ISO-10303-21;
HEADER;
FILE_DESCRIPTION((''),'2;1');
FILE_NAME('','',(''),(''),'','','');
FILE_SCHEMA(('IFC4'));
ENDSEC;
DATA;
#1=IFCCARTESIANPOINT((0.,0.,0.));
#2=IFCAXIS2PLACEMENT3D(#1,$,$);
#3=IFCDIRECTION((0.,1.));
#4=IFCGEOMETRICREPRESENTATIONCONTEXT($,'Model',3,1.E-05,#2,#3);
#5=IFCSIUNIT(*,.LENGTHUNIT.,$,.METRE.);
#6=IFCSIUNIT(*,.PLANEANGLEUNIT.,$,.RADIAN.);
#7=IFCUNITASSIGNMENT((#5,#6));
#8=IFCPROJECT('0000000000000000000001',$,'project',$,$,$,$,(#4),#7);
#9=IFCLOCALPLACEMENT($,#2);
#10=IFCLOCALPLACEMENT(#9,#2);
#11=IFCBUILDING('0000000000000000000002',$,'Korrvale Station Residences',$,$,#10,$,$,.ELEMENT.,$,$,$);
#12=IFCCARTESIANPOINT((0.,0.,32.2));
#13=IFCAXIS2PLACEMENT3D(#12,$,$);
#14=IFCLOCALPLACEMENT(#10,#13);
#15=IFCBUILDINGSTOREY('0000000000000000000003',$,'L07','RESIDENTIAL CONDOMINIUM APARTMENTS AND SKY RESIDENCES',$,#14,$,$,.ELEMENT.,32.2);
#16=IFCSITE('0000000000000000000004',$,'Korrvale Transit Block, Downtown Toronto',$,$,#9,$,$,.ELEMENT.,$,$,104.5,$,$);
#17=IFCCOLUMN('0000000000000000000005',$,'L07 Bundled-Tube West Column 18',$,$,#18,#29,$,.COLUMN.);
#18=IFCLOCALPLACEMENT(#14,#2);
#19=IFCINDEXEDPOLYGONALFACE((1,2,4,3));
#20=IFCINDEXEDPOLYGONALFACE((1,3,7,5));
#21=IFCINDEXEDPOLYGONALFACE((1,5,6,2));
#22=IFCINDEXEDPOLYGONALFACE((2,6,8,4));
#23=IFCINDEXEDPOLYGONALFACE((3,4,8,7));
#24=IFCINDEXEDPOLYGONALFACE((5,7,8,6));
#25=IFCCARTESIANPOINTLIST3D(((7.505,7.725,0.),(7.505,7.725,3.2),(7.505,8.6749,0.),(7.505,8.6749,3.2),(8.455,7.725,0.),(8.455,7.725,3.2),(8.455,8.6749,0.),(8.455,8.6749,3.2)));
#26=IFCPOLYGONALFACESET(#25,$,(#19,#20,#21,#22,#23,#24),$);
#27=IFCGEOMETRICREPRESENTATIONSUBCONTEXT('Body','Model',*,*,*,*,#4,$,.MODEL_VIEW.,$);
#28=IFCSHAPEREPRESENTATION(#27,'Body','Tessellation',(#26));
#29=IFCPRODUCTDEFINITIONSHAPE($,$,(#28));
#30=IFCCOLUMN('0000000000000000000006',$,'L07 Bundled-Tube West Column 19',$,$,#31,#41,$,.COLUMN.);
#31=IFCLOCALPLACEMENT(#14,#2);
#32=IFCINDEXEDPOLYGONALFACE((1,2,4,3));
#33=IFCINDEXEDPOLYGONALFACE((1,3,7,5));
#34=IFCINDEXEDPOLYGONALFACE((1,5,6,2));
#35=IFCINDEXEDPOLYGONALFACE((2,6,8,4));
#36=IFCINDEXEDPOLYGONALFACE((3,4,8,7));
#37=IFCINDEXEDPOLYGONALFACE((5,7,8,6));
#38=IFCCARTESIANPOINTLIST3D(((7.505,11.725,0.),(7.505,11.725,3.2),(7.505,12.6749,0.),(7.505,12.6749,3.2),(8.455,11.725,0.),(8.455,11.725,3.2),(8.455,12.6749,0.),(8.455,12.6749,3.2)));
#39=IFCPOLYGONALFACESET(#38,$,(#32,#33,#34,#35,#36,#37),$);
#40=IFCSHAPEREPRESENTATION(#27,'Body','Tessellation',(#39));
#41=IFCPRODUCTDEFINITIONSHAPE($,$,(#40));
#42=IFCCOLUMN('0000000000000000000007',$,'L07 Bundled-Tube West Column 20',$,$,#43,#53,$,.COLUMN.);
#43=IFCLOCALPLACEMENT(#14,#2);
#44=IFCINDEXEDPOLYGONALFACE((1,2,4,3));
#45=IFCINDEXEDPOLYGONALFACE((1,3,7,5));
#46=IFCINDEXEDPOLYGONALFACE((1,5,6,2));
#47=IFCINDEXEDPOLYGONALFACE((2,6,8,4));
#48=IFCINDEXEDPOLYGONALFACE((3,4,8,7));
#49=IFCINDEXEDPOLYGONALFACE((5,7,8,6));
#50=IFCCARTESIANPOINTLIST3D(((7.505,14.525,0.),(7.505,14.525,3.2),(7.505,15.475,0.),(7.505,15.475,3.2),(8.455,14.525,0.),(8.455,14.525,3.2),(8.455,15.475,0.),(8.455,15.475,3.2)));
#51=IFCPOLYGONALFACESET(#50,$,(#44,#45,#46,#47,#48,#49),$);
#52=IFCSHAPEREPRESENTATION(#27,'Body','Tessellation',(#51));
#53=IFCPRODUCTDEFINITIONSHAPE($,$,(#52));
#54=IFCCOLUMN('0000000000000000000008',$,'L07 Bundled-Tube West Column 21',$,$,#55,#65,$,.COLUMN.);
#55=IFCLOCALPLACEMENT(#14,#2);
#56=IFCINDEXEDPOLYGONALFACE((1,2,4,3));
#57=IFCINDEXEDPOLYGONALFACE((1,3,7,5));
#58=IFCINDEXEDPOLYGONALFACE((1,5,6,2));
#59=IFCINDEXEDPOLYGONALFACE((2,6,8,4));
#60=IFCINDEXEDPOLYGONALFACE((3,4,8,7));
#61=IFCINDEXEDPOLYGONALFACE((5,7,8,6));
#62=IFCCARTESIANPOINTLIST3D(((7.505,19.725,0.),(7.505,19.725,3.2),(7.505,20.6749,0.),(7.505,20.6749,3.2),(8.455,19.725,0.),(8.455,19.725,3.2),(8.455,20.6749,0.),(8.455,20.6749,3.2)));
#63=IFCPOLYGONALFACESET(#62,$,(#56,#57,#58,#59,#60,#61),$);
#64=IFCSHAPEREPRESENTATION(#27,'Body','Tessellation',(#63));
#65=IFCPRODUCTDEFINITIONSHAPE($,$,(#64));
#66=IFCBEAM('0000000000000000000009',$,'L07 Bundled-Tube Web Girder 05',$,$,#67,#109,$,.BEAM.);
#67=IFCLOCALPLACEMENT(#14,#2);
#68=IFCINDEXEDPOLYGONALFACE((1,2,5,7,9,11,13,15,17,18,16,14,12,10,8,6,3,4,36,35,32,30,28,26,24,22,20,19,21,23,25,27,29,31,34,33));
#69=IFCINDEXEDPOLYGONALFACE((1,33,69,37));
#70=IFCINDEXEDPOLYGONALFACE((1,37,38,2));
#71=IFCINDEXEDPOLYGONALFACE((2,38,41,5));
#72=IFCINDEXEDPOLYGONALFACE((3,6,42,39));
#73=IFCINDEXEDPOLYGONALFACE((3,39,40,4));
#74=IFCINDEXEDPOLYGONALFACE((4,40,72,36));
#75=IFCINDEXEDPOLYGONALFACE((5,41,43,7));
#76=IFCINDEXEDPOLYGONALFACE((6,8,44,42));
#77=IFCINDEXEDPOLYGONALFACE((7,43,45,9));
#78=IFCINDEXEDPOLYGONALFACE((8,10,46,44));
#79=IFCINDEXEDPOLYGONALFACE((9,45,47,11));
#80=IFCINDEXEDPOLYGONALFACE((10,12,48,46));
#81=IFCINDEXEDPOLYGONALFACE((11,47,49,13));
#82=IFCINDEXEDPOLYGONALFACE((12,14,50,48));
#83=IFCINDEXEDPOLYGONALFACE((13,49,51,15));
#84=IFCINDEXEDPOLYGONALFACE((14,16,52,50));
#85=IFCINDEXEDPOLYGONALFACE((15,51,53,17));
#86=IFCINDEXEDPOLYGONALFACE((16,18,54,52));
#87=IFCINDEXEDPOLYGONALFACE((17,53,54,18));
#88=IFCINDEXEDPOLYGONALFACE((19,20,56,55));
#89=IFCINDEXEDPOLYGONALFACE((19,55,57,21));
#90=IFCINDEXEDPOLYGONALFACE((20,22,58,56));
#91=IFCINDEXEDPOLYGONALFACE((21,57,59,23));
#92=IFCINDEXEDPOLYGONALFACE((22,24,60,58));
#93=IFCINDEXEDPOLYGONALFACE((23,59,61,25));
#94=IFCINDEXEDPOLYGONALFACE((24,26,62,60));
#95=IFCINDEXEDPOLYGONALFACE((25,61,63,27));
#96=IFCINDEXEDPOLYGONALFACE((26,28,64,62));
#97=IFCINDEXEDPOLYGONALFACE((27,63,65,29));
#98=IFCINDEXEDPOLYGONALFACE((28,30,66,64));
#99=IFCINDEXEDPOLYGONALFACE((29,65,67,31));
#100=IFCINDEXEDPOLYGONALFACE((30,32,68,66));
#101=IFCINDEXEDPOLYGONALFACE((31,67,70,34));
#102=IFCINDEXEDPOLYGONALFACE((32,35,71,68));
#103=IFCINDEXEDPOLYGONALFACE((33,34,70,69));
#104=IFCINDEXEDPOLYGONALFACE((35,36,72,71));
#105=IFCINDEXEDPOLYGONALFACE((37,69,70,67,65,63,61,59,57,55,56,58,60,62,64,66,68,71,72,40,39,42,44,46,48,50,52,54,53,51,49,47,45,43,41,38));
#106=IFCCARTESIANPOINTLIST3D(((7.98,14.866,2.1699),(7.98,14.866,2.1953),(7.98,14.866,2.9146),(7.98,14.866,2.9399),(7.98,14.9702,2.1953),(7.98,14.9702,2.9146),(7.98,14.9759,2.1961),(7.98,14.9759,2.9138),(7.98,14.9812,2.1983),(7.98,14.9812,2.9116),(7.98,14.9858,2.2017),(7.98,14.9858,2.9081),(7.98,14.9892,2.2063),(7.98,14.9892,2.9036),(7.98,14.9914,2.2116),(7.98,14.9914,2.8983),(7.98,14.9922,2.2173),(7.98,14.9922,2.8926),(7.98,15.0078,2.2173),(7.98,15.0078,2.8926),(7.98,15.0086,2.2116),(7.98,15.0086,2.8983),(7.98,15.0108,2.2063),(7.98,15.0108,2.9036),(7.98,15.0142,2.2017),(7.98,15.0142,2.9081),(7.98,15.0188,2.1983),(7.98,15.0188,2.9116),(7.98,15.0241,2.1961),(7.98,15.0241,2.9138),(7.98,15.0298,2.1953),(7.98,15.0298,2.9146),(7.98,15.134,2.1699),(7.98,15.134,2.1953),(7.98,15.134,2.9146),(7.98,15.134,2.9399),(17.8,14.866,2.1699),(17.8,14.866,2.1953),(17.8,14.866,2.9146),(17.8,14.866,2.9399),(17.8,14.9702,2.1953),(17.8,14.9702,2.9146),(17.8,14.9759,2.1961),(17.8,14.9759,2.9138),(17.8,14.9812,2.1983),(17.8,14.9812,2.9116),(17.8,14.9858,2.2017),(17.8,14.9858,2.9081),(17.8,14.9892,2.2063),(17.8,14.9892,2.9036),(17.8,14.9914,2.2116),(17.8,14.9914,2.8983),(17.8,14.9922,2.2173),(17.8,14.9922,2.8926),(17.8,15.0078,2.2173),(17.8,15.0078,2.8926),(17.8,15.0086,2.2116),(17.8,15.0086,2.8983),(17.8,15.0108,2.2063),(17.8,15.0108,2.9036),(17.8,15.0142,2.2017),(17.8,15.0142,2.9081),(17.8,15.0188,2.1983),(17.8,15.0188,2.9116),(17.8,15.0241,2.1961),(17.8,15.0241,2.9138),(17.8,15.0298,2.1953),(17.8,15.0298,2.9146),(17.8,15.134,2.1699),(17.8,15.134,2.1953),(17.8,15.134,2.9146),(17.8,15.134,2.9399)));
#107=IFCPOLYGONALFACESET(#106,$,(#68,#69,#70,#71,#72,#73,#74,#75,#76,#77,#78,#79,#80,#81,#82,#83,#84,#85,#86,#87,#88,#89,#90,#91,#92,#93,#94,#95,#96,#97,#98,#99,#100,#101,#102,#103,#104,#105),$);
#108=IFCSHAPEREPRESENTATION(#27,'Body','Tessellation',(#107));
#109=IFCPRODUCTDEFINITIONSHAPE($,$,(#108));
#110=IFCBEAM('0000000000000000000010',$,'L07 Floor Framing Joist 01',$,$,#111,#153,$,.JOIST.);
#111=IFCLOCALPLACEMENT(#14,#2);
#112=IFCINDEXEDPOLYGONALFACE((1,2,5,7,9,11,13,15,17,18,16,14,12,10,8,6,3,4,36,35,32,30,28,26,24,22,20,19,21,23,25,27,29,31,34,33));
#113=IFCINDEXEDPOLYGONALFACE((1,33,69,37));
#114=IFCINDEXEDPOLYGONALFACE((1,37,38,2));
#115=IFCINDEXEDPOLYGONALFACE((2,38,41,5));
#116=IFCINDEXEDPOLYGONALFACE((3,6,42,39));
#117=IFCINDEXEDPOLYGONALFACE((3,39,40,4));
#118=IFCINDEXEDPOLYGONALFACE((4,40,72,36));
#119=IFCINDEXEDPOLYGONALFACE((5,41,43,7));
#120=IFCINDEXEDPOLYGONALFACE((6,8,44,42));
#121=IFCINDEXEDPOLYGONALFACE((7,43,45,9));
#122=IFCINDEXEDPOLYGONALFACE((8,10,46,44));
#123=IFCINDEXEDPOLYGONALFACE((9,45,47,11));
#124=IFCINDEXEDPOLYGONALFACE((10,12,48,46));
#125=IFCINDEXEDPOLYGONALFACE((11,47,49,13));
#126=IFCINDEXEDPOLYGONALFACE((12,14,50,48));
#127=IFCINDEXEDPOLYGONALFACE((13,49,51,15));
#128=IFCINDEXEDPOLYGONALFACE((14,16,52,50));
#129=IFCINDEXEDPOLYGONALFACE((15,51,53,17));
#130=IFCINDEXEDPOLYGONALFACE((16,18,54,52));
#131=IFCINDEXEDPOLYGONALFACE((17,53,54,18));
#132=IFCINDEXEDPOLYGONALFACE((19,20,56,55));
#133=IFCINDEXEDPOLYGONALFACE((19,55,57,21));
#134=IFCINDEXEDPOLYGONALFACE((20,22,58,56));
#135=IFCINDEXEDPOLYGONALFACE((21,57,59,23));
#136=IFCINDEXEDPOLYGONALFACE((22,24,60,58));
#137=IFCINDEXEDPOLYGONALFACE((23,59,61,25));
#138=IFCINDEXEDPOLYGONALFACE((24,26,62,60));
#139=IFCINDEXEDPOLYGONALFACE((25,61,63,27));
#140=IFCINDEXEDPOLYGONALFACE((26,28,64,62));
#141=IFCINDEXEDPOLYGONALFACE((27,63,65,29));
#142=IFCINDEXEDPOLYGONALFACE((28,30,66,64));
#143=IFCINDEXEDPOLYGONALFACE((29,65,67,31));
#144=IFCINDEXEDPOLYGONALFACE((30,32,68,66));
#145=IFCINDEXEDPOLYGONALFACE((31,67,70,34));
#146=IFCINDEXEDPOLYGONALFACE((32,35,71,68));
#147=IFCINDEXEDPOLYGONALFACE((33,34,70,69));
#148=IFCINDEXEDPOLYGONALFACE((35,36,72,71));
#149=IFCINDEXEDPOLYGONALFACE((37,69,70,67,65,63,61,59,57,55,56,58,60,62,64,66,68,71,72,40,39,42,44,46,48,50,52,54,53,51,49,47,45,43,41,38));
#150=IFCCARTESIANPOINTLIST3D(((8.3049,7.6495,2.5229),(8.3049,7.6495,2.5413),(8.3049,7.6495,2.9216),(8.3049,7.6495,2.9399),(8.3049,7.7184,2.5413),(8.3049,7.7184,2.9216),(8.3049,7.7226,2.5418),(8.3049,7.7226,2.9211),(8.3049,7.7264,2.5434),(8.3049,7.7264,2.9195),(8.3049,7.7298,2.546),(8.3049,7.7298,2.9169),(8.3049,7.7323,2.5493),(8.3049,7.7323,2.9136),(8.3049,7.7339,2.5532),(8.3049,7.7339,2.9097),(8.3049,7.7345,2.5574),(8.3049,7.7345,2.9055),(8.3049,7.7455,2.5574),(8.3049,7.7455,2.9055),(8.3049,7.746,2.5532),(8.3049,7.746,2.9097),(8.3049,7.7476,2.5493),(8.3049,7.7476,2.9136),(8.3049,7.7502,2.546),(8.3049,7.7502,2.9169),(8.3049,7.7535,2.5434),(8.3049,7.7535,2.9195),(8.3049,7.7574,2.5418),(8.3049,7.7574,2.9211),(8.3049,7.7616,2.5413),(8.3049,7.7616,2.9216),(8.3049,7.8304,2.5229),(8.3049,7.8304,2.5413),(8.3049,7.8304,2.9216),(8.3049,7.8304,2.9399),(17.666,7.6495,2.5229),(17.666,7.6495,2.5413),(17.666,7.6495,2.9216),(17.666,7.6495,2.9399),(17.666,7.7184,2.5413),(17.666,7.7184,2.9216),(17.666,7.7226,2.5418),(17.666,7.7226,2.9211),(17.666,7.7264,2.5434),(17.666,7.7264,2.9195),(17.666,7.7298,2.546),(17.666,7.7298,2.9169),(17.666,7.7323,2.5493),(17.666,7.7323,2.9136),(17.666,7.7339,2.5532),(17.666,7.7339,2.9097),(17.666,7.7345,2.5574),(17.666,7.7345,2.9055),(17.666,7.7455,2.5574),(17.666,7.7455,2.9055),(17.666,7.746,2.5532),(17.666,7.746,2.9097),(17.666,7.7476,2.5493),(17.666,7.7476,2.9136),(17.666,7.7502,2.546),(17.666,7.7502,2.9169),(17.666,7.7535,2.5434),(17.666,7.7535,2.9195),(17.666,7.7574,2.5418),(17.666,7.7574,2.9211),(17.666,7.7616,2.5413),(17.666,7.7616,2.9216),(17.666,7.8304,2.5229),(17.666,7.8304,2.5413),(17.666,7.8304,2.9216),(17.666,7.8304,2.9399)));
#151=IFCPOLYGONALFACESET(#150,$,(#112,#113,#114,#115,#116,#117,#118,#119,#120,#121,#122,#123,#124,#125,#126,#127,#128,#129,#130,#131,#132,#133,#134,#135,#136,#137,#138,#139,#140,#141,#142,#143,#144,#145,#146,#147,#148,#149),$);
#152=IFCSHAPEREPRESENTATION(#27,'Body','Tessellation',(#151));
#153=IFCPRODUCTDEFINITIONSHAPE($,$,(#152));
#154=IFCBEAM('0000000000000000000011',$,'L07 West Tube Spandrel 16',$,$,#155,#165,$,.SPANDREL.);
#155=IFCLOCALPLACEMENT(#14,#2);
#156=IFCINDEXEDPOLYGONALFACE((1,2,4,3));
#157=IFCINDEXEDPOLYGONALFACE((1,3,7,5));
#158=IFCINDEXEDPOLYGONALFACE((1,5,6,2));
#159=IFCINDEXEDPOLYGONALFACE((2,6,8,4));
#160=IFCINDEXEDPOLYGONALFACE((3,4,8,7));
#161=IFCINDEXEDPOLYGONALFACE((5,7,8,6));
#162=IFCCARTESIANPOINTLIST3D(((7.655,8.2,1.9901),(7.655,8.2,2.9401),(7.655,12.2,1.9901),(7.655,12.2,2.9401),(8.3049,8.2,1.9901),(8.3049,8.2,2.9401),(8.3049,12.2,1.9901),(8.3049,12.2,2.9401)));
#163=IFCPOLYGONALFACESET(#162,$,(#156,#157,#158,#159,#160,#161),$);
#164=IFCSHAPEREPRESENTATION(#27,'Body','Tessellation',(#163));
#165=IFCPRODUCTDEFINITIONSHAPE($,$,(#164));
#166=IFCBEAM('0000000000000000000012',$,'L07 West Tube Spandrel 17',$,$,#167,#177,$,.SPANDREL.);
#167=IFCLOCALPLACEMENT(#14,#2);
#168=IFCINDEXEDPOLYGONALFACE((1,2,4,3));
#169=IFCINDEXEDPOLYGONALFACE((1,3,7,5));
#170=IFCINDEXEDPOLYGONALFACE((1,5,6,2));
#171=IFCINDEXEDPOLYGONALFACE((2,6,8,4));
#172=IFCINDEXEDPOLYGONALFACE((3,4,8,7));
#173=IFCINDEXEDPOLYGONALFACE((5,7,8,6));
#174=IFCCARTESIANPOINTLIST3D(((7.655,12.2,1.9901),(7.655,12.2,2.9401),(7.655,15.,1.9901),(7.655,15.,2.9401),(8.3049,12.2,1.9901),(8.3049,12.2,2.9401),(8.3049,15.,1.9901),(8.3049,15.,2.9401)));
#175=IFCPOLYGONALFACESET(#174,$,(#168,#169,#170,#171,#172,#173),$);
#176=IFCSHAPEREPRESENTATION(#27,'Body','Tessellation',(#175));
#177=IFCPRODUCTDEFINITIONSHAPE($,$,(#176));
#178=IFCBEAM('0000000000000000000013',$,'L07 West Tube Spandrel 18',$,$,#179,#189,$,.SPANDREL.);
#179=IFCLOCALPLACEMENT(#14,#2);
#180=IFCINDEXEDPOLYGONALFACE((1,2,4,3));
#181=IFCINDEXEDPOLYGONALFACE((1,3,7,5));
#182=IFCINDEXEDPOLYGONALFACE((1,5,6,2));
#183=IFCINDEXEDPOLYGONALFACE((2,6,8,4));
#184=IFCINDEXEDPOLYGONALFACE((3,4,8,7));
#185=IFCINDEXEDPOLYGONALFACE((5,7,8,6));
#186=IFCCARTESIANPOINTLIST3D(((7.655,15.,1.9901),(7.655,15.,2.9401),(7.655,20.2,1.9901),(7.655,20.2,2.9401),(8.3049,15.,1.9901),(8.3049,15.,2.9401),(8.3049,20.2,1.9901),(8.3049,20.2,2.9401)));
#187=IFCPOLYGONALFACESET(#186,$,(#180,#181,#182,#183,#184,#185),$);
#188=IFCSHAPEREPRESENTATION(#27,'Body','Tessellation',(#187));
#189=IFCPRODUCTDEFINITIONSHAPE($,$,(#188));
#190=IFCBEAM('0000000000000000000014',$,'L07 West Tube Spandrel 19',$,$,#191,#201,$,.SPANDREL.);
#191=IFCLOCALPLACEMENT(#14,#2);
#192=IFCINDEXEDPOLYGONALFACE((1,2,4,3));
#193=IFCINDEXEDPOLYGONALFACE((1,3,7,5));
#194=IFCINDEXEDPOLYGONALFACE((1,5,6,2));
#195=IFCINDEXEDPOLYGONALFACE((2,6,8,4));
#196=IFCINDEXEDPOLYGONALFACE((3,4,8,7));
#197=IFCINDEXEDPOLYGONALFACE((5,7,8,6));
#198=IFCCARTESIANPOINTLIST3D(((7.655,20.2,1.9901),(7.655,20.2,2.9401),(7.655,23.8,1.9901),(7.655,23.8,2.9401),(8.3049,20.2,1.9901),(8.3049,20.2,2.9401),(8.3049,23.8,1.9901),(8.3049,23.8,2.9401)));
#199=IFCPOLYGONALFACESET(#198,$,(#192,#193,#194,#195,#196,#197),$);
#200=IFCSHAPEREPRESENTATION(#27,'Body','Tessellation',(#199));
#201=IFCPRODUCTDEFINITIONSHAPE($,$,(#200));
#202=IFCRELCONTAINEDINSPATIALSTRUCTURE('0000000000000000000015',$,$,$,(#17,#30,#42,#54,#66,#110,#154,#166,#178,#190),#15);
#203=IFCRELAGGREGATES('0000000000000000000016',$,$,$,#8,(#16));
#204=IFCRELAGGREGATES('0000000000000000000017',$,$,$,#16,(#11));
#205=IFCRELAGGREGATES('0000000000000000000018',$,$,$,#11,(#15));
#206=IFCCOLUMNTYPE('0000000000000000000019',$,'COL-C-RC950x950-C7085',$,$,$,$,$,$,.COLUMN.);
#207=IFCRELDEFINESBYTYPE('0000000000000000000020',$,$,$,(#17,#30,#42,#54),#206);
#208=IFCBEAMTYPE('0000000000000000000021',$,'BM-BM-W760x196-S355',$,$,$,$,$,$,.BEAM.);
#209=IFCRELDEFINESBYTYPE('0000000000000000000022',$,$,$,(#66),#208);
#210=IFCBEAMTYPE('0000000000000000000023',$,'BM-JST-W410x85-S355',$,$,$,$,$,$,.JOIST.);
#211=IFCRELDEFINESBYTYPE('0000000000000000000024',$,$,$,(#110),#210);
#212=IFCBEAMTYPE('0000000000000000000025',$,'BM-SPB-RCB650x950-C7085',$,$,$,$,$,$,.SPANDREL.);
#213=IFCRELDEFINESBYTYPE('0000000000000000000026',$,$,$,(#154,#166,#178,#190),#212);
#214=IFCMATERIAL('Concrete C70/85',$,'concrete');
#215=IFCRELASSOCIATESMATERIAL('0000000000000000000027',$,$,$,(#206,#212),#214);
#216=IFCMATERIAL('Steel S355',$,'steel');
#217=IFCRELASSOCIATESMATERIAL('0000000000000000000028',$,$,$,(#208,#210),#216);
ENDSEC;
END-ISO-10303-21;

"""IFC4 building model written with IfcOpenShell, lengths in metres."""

from ifc_helpers import new_model, si_unit, direction, frame, origin, origin_2d, place, context, subcontext, project, spatial, rectangle, i_section, extrude, material, material_profile, profile_set, type_object, element, save


model = new_model("IFC4")

# Units and contexts
model_context = context("Model", 3, precision=1e-05, world=origin(), true_north=direction((0.0, 1.0)))
body_context = subcontext(model_context, "Body", "Model", "MODEL_VIEW")
ifc_project = project(units=[si_unit("LENGTHUNIT", "METRE"), si_unit("PLANEANGLEUNIT", "RADIAN")], contexts=[model_context])

# Site, building, storey
site_placement = place(None, origin())
site = spatial("IfcSite", under=ifc_project, at=site_placement, Name="Korrvale Transit Block, Downtown Toronto", CompositionType="ELEMENT", RefElevation=104.5)
building_placement = place(site_placement, origin())
building = spatial("IfcBuilding", under=site, at=building_placement, Name="Korrvale Station Residences", CompositionType="ELEMENT")
storey_placement = place(building_placement, frame((0.0, 0.0, 32.2)))
storey = spatial("IfcBuildingStorey", under=building, at=storey_placement, Name="L07", Description="RESIDENTIAL CONDOMINIUM APARTMENTS AND SKY RESIDENCES", CompositionType="ELEMENT", Elevation=32.2)

# Columns
ifc_material_1 = material(Name="Concrete C70/85", Category="concrete")
ifc_material_profile_1 = material_profile(ifc_material_1, rectangle(XDim=0.95, YDim=0.95, at=origin_2d()), Name="RC950x950")
ifc_profile_set_1 = profile_set([ifc_material_profile_1], Name="Concrete C70/85")
column_type = type_object("IfcColumnType", Name="COL-C-RC950x950-C7085", PredefinedType="COLUMN", material=ifc_profile_set_1)
for number, where, z_axis, x_axis, name in (
    (1, (7.98, 8.2, 0.0), (0.0, 0.0, 1.0), (1.0, 0.0, 0.0), "L07 Bundled-Tube West Column 18"),
    (2, (7.98, 12.2, 0.0), (0.0, 0.0, 1.0), (1.0, 0.0, 0.0), "L07 Bundled-Tube West Column 19"),
    (3, (7.98, 15.0, 0.0), (0.0, 0.0, 1.0), (1.0, 0.0, 0.0), "L07 Bundled-Tube West Column 20"),
    (4, (7.98, 20.2, 0.0), (0.0, 0.0, 1.0), (1.0, 0.0, 0.0), "L07 Bundled-Tube West Column 21"),
):
    element("IfcColumn", number, at=place(storey_placement, frame(where, z_axis=z_axis, x_axis=x_axis)), inside=storey, type_object=column_type, Name=name, PredefinedType="COLUMN", context=body_context, shape_type="SweptSolid", body=[
        extrude(rectangle(XDim=0.95, YDim=0.95, at=origin_2d()), origin(), (0.0, 0.0, 1.0), 3.2),
    ])

# Beams
ifc_material_2 = material(Name="Steel S355", Category="steel")
ifc_material_profile_2 = material_profile(ifc_material_2, i_section(OverallWidth=0.2681, OverallDepth=0.77, WebThickness=0.0156, FlangeThickness=0.0254, FilletRadius=0.022, at=origin_2d()), Name="W760x196")
ifc_profile_set_2 = profile_set([ifc_material_profile_2], Name="Steel S355")
beam_type_1 = type_object("IfcBeamType", Name="BM-BM-W760x196-S355", PredefinedType="BEAM", material=ifc_profile_set_2)
beam_1_placement = place(storey_placement, frame((7.98, 15.0, 2.5549), z_axis=(1.0, 0.0, 0.0), x_axis=(0.0, 1.0, 0.0)))
element("IfcBeam", 5, at=beam_1_placement, inside=storey, type_object=beam_type_1, Name="L07 Bundled-Tube Web Girder 05", PredefinedType="BEAM", context=body_context, shape_type="SweptSolid", body=[
    extrude(i_section(OverallWidth=0.2681, OverallDepth=0.77, WebThickness=0.0156, FlangeThickness=0.0254, FilletRadius=0.022, at=origin_2d()), origin(), (0.0, 0.0, 1.0), 9.8201),
])
ifc_material_profile_3 = material_profile(ifc_material_2, i_section(OverallWidth=0.1809, OverallDepth=0.417, WebThickness=0.011, FlangeThickness=0.0183, FilletRadius=0.0161, at=origin_2d()), Name="W410x85")
ifc_profile_set_3 = profile_set([ifc_material_profile_3], Name="Steel S355")
beam_type_2 = type_object("IfcBeamType", Name="BM-JST-W410x85-S355", PredefinedType="JOIST", material=ifc_profile_set_3)
beam_2_placement = place(storey_placement, frame((8.3049, 7.74, 2.7314), z_axis=(1.0, 0.0, 0.0), x_axis=(0.0, 1.0, 0.0)))
element("IfcBeam", 6, at=beam_2_placement, inside=storey, type_object=beam_type_2, Name="L07 Floor Framing Joist 01", PredefinedType="JOIST", context=body_context, shape_type="SweptSolid", body=[
    extrude(i_section(OverallWidth=0.1809, OverallDepth=0.417, WebThickness=0.011, FlangeThickness=0.0183, FilletRadius=0.0161, at=origin_2d()), origin(), (0.0, 0.0, 1.0), 9.3611),
])
ifc_material_profile_4 = material_profile(ifc_material_1, rectangle(XDim=0.6499, YDim=0.95, at=origin_2d()), Name="RCB650x950")
ifc_profile_set_4 = profile_set([ifc_material_profile_4], Name="Concrete C70/85")
beam_type_3 = type_object("IfcBeamType", Name="BM-SPB-RCB650x950-C7085", PredefinedType="SPANDREL", material=ifc_profile_set_4)
beam_3_placement = place(storey_placement, frame((7.98, 8.2, 2.4651), z_axis=(0.0, 1.0, 0.0), x_axis=(-1.0, 0.0, 0.0)))
element("IfcBeam", 7, at=beam_3_placement, inside=storey, type_object=beam_type_3, Name="L07 West Tube Spandrel 16", PredefinedType="SPANDREL", context=body_context, shape_type="SweptSolid", body=[
    extrude(rectangle(XDim=0.6499, YDim=0.95, at=origin_2d()), origin(), (0.0, 0.0, 1.0), 4.0),
])
beam_4_placement = place(storey_placement, frame((7.98, 12.2, 2.4651), z_axis=(0.0, 1.0, 0.0), x_axis=(-1.0, 0.0, 0.0)))
element("IfcBeam", 8, at=beam_4_placement, inside=storey, type_object=beam_type_3, Name="L07 West Tube Spandrel 17", PredefinedType="SPANDREL", context=body_context, shape_type="SweptSolid", body=[
    extrude(rectangle(XDim=0.6499, YDim=0.95, at=origin_2d()), origin(), (0.0, 0.0, 1.0), 2.8),
])
beam_5_placement = place(storey_placement, frame((7.98, 15.0, 2.4651), z_axis=(0.0, 1.0, 0.0), x_axis=(-1.0, 0.0, 0.0)))
element("IfcBeam", 9, at=beam_5_placement, inside=storey, type_object=beam_type_3, Name="L07 West Tube Spandrel 18", PredefinedType="SPANDREL", context=body_context, shape_type="SweptSolid", body=[
    extrude(rectangle(XDim=0.6499, YDim=0.95, at=origin_2d()), origin(), (0.0, 0.0, 1.0), 5.2),
])
beam_6_placement = place(storey_placement, frame((7.98, 20.2, 2.4651), z_axis=(0.0, 1.0, 0.0), x_axis=(-1.0, 0.0, 0.0)))
element("IfcBeam", 10, at=beam_6_placement, inside=storey, type_object=beam_type_3, Name="L07 West Tube Spandrel 19", PredefinedType="SPANDREL", context=body_context, shape_type="SweptSolid", body=[
    extrude(rectangle(XDim=0.6499, YDim=0.95, at=origin_2d()), origin(), (0.0, 0.0, 1.0), 3.6001),
])

save(model, "model.ifc")
